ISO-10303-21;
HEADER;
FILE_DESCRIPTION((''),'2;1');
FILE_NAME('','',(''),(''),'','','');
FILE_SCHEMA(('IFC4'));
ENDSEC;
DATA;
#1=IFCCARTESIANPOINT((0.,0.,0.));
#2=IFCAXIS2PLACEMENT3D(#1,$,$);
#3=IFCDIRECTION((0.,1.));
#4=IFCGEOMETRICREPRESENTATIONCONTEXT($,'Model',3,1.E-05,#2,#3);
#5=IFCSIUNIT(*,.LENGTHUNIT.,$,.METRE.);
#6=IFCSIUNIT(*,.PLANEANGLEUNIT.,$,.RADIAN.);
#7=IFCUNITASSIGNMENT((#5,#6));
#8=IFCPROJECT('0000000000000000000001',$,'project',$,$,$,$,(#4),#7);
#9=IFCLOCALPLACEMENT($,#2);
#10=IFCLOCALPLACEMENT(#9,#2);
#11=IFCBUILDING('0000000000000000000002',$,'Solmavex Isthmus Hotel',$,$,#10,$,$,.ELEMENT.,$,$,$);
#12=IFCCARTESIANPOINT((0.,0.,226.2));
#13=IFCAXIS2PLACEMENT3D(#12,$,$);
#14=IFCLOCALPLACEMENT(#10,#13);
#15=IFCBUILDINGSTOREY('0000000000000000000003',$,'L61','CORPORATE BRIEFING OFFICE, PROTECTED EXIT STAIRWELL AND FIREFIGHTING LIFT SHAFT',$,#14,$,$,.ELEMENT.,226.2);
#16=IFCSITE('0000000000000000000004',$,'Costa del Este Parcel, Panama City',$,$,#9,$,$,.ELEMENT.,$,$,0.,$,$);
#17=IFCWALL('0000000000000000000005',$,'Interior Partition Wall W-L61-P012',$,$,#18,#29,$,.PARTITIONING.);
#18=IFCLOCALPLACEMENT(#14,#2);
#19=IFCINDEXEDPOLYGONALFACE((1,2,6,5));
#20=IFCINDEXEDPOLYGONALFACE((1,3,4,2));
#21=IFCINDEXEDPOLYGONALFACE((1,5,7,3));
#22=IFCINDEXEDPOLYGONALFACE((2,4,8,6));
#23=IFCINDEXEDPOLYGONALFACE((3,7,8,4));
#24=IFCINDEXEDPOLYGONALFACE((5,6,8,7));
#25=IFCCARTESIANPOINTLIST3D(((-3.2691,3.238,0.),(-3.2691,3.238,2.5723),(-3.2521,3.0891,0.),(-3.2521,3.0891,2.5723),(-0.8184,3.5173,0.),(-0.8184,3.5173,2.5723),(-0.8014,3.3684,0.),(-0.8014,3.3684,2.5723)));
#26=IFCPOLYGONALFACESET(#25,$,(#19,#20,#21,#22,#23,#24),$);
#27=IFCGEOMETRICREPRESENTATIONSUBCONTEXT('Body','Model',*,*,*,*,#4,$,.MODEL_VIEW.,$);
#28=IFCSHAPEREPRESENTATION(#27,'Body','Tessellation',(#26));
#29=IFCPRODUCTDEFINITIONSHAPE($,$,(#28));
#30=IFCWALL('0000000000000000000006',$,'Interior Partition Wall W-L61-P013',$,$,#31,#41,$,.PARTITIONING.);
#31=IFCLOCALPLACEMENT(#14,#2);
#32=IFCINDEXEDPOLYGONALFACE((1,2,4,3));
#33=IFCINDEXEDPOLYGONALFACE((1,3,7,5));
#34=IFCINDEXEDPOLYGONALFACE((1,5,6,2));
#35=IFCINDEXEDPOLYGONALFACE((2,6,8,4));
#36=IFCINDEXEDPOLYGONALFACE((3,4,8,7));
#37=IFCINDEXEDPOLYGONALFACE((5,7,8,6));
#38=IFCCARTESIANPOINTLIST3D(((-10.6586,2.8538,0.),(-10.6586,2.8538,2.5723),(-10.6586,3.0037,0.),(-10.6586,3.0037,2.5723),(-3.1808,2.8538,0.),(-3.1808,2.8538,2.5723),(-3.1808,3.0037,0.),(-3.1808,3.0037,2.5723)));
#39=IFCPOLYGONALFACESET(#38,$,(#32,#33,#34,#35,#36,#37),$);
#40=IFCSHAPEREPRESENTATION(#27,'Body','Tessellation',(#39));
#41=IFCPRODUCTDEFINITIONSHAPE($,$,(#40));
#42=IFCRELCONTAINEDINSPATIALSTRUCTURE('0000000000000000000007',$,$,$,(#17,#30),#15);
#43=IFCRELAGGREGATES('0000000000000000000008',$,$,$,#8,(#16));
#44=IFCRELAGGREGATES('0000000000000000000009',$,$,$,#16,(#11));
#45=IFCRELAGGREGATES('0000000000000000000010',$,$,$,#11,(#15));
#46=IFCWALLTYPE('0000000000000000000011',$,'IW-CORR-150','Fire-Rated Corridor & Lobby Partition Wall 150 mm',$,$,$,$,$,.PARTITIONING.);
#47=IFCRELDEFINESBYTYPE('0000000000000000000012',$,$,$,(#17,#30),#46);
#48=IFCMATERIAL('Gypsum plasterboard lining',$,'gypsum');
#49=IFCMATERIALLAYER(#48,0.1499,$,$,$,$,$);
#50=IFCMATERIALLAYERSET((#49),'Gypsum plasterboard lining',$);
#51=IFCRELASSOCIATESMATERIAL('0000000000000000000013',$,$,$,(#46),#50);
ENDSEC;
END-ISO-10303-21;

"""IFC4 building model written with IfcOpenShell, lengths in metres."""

from ifc_helpers import new_model, si_unit, direction, frame, frame_2d, origin, place, context, subcontext, project, spatial, rectangle, extrude, material, layer, layer_set, type_object, element, save


model = new_model("IFC4")

# Units and contexts
model_context = context("Model", 3, precision=1e-05, world=origin(), true_north=direction((0.0, 1.0)))
body_context = subcontext(model_context, "Body", "Model", "MODEL_VIEW")
ifc_project = project(units=[si_unit("LENGTHUNIT", "METRE"), si_unit("PLANEANGLEUNIT", "RADIAN")], contexts=[model_context])

# Site, building, storey
site_placement = place(None, origin())
site = spatial("IfcSite", under=ifc_project, at=site_placement, Name="Costa del Este Parcel, Panama City", CompositionType="ELEMENT", RefElevation=0.0)
building_placement = place(site_placement, origin())
building = spatial("IfcBuilding", under=site, at=building_placement, Name="Solmavex Isthmus Hotel", CompositionType="ELEMENT")
storey_placement = place(building_placement, frame((0.0, 0.0, 226.2)))
storey = spatial("IfcBuildingStorey", under=building, at=storey_placement, Name="L61", Description="CORPORATE BRIEFING OFFICE, PROTECTED EXIT STAIRWELL AND FIREFIGHTING LIFT SHAFT", CompositionType="ELEMENT", Elevation=226.2)

# Shared definitions
ifc_material_1 = material(Name="Gypsum plasterboard lining", Category="gypsum")

# Shared definitions
ifc_layer_1 = layer(ifc_material_1, 0.1499)
ifc_layer_set_1 = layer_set([ifc_layer_1], Name="Gypsum plasterboard lining")
wall_type_1 = type_object("IfcWallType", Name="IW-CORR-150", Description="Fire-Rated Corridor & Lobby Partition Wall 150 mm", PredefinedType="PARTITIONING", material=ifc_layer_set_1)

# Walls
wall_1_placement = place(storey_placement, frame((-0.8098, 3.4429, 0.0), z_axis=(0.0, 0.0, 1.0), x_axis=(-0.993568, -0.113234, 0.0)))
element("IfcWall", 1, at=wall_1_placement, inside=storey, type_object=wall_type_1, Name="Interior Partition Wall W-L61-P012", PredefinedType="PARTITIONING", context=body_context, shape_type="SweptSolid", body=[
    extrude(rectangle(XDim=2.4666, YDim=0.1499, at=frame_2d((1.2334, 0.0))), origin(), (0.0, 0.0, 1.0), 2.5723),
])
wall_2_placement = place(storey_placement, frame((-3.1809, 2.9287, 0.0), z_axis=(0.0, 0.0, 1.0), x_axis=(-1.0, 0.0, 0.0)))
element("IfcWall", 2, at=wall_2_placement, inside=storey, type_object=wall_type_1, Name="Interior Partition Wall W-L61-P013", PredefinedType="PARTITIONING", context=body_context, shape_type="SweptSolid", body=[
    extrude(rectangle(XDim=7.4778, YDim=0.1499, at=frame_2d((3.7388, 0.0))), origin(), (0.0, 0.0, 1.0), 2.5723),
])

save(model, "model.ifc")
